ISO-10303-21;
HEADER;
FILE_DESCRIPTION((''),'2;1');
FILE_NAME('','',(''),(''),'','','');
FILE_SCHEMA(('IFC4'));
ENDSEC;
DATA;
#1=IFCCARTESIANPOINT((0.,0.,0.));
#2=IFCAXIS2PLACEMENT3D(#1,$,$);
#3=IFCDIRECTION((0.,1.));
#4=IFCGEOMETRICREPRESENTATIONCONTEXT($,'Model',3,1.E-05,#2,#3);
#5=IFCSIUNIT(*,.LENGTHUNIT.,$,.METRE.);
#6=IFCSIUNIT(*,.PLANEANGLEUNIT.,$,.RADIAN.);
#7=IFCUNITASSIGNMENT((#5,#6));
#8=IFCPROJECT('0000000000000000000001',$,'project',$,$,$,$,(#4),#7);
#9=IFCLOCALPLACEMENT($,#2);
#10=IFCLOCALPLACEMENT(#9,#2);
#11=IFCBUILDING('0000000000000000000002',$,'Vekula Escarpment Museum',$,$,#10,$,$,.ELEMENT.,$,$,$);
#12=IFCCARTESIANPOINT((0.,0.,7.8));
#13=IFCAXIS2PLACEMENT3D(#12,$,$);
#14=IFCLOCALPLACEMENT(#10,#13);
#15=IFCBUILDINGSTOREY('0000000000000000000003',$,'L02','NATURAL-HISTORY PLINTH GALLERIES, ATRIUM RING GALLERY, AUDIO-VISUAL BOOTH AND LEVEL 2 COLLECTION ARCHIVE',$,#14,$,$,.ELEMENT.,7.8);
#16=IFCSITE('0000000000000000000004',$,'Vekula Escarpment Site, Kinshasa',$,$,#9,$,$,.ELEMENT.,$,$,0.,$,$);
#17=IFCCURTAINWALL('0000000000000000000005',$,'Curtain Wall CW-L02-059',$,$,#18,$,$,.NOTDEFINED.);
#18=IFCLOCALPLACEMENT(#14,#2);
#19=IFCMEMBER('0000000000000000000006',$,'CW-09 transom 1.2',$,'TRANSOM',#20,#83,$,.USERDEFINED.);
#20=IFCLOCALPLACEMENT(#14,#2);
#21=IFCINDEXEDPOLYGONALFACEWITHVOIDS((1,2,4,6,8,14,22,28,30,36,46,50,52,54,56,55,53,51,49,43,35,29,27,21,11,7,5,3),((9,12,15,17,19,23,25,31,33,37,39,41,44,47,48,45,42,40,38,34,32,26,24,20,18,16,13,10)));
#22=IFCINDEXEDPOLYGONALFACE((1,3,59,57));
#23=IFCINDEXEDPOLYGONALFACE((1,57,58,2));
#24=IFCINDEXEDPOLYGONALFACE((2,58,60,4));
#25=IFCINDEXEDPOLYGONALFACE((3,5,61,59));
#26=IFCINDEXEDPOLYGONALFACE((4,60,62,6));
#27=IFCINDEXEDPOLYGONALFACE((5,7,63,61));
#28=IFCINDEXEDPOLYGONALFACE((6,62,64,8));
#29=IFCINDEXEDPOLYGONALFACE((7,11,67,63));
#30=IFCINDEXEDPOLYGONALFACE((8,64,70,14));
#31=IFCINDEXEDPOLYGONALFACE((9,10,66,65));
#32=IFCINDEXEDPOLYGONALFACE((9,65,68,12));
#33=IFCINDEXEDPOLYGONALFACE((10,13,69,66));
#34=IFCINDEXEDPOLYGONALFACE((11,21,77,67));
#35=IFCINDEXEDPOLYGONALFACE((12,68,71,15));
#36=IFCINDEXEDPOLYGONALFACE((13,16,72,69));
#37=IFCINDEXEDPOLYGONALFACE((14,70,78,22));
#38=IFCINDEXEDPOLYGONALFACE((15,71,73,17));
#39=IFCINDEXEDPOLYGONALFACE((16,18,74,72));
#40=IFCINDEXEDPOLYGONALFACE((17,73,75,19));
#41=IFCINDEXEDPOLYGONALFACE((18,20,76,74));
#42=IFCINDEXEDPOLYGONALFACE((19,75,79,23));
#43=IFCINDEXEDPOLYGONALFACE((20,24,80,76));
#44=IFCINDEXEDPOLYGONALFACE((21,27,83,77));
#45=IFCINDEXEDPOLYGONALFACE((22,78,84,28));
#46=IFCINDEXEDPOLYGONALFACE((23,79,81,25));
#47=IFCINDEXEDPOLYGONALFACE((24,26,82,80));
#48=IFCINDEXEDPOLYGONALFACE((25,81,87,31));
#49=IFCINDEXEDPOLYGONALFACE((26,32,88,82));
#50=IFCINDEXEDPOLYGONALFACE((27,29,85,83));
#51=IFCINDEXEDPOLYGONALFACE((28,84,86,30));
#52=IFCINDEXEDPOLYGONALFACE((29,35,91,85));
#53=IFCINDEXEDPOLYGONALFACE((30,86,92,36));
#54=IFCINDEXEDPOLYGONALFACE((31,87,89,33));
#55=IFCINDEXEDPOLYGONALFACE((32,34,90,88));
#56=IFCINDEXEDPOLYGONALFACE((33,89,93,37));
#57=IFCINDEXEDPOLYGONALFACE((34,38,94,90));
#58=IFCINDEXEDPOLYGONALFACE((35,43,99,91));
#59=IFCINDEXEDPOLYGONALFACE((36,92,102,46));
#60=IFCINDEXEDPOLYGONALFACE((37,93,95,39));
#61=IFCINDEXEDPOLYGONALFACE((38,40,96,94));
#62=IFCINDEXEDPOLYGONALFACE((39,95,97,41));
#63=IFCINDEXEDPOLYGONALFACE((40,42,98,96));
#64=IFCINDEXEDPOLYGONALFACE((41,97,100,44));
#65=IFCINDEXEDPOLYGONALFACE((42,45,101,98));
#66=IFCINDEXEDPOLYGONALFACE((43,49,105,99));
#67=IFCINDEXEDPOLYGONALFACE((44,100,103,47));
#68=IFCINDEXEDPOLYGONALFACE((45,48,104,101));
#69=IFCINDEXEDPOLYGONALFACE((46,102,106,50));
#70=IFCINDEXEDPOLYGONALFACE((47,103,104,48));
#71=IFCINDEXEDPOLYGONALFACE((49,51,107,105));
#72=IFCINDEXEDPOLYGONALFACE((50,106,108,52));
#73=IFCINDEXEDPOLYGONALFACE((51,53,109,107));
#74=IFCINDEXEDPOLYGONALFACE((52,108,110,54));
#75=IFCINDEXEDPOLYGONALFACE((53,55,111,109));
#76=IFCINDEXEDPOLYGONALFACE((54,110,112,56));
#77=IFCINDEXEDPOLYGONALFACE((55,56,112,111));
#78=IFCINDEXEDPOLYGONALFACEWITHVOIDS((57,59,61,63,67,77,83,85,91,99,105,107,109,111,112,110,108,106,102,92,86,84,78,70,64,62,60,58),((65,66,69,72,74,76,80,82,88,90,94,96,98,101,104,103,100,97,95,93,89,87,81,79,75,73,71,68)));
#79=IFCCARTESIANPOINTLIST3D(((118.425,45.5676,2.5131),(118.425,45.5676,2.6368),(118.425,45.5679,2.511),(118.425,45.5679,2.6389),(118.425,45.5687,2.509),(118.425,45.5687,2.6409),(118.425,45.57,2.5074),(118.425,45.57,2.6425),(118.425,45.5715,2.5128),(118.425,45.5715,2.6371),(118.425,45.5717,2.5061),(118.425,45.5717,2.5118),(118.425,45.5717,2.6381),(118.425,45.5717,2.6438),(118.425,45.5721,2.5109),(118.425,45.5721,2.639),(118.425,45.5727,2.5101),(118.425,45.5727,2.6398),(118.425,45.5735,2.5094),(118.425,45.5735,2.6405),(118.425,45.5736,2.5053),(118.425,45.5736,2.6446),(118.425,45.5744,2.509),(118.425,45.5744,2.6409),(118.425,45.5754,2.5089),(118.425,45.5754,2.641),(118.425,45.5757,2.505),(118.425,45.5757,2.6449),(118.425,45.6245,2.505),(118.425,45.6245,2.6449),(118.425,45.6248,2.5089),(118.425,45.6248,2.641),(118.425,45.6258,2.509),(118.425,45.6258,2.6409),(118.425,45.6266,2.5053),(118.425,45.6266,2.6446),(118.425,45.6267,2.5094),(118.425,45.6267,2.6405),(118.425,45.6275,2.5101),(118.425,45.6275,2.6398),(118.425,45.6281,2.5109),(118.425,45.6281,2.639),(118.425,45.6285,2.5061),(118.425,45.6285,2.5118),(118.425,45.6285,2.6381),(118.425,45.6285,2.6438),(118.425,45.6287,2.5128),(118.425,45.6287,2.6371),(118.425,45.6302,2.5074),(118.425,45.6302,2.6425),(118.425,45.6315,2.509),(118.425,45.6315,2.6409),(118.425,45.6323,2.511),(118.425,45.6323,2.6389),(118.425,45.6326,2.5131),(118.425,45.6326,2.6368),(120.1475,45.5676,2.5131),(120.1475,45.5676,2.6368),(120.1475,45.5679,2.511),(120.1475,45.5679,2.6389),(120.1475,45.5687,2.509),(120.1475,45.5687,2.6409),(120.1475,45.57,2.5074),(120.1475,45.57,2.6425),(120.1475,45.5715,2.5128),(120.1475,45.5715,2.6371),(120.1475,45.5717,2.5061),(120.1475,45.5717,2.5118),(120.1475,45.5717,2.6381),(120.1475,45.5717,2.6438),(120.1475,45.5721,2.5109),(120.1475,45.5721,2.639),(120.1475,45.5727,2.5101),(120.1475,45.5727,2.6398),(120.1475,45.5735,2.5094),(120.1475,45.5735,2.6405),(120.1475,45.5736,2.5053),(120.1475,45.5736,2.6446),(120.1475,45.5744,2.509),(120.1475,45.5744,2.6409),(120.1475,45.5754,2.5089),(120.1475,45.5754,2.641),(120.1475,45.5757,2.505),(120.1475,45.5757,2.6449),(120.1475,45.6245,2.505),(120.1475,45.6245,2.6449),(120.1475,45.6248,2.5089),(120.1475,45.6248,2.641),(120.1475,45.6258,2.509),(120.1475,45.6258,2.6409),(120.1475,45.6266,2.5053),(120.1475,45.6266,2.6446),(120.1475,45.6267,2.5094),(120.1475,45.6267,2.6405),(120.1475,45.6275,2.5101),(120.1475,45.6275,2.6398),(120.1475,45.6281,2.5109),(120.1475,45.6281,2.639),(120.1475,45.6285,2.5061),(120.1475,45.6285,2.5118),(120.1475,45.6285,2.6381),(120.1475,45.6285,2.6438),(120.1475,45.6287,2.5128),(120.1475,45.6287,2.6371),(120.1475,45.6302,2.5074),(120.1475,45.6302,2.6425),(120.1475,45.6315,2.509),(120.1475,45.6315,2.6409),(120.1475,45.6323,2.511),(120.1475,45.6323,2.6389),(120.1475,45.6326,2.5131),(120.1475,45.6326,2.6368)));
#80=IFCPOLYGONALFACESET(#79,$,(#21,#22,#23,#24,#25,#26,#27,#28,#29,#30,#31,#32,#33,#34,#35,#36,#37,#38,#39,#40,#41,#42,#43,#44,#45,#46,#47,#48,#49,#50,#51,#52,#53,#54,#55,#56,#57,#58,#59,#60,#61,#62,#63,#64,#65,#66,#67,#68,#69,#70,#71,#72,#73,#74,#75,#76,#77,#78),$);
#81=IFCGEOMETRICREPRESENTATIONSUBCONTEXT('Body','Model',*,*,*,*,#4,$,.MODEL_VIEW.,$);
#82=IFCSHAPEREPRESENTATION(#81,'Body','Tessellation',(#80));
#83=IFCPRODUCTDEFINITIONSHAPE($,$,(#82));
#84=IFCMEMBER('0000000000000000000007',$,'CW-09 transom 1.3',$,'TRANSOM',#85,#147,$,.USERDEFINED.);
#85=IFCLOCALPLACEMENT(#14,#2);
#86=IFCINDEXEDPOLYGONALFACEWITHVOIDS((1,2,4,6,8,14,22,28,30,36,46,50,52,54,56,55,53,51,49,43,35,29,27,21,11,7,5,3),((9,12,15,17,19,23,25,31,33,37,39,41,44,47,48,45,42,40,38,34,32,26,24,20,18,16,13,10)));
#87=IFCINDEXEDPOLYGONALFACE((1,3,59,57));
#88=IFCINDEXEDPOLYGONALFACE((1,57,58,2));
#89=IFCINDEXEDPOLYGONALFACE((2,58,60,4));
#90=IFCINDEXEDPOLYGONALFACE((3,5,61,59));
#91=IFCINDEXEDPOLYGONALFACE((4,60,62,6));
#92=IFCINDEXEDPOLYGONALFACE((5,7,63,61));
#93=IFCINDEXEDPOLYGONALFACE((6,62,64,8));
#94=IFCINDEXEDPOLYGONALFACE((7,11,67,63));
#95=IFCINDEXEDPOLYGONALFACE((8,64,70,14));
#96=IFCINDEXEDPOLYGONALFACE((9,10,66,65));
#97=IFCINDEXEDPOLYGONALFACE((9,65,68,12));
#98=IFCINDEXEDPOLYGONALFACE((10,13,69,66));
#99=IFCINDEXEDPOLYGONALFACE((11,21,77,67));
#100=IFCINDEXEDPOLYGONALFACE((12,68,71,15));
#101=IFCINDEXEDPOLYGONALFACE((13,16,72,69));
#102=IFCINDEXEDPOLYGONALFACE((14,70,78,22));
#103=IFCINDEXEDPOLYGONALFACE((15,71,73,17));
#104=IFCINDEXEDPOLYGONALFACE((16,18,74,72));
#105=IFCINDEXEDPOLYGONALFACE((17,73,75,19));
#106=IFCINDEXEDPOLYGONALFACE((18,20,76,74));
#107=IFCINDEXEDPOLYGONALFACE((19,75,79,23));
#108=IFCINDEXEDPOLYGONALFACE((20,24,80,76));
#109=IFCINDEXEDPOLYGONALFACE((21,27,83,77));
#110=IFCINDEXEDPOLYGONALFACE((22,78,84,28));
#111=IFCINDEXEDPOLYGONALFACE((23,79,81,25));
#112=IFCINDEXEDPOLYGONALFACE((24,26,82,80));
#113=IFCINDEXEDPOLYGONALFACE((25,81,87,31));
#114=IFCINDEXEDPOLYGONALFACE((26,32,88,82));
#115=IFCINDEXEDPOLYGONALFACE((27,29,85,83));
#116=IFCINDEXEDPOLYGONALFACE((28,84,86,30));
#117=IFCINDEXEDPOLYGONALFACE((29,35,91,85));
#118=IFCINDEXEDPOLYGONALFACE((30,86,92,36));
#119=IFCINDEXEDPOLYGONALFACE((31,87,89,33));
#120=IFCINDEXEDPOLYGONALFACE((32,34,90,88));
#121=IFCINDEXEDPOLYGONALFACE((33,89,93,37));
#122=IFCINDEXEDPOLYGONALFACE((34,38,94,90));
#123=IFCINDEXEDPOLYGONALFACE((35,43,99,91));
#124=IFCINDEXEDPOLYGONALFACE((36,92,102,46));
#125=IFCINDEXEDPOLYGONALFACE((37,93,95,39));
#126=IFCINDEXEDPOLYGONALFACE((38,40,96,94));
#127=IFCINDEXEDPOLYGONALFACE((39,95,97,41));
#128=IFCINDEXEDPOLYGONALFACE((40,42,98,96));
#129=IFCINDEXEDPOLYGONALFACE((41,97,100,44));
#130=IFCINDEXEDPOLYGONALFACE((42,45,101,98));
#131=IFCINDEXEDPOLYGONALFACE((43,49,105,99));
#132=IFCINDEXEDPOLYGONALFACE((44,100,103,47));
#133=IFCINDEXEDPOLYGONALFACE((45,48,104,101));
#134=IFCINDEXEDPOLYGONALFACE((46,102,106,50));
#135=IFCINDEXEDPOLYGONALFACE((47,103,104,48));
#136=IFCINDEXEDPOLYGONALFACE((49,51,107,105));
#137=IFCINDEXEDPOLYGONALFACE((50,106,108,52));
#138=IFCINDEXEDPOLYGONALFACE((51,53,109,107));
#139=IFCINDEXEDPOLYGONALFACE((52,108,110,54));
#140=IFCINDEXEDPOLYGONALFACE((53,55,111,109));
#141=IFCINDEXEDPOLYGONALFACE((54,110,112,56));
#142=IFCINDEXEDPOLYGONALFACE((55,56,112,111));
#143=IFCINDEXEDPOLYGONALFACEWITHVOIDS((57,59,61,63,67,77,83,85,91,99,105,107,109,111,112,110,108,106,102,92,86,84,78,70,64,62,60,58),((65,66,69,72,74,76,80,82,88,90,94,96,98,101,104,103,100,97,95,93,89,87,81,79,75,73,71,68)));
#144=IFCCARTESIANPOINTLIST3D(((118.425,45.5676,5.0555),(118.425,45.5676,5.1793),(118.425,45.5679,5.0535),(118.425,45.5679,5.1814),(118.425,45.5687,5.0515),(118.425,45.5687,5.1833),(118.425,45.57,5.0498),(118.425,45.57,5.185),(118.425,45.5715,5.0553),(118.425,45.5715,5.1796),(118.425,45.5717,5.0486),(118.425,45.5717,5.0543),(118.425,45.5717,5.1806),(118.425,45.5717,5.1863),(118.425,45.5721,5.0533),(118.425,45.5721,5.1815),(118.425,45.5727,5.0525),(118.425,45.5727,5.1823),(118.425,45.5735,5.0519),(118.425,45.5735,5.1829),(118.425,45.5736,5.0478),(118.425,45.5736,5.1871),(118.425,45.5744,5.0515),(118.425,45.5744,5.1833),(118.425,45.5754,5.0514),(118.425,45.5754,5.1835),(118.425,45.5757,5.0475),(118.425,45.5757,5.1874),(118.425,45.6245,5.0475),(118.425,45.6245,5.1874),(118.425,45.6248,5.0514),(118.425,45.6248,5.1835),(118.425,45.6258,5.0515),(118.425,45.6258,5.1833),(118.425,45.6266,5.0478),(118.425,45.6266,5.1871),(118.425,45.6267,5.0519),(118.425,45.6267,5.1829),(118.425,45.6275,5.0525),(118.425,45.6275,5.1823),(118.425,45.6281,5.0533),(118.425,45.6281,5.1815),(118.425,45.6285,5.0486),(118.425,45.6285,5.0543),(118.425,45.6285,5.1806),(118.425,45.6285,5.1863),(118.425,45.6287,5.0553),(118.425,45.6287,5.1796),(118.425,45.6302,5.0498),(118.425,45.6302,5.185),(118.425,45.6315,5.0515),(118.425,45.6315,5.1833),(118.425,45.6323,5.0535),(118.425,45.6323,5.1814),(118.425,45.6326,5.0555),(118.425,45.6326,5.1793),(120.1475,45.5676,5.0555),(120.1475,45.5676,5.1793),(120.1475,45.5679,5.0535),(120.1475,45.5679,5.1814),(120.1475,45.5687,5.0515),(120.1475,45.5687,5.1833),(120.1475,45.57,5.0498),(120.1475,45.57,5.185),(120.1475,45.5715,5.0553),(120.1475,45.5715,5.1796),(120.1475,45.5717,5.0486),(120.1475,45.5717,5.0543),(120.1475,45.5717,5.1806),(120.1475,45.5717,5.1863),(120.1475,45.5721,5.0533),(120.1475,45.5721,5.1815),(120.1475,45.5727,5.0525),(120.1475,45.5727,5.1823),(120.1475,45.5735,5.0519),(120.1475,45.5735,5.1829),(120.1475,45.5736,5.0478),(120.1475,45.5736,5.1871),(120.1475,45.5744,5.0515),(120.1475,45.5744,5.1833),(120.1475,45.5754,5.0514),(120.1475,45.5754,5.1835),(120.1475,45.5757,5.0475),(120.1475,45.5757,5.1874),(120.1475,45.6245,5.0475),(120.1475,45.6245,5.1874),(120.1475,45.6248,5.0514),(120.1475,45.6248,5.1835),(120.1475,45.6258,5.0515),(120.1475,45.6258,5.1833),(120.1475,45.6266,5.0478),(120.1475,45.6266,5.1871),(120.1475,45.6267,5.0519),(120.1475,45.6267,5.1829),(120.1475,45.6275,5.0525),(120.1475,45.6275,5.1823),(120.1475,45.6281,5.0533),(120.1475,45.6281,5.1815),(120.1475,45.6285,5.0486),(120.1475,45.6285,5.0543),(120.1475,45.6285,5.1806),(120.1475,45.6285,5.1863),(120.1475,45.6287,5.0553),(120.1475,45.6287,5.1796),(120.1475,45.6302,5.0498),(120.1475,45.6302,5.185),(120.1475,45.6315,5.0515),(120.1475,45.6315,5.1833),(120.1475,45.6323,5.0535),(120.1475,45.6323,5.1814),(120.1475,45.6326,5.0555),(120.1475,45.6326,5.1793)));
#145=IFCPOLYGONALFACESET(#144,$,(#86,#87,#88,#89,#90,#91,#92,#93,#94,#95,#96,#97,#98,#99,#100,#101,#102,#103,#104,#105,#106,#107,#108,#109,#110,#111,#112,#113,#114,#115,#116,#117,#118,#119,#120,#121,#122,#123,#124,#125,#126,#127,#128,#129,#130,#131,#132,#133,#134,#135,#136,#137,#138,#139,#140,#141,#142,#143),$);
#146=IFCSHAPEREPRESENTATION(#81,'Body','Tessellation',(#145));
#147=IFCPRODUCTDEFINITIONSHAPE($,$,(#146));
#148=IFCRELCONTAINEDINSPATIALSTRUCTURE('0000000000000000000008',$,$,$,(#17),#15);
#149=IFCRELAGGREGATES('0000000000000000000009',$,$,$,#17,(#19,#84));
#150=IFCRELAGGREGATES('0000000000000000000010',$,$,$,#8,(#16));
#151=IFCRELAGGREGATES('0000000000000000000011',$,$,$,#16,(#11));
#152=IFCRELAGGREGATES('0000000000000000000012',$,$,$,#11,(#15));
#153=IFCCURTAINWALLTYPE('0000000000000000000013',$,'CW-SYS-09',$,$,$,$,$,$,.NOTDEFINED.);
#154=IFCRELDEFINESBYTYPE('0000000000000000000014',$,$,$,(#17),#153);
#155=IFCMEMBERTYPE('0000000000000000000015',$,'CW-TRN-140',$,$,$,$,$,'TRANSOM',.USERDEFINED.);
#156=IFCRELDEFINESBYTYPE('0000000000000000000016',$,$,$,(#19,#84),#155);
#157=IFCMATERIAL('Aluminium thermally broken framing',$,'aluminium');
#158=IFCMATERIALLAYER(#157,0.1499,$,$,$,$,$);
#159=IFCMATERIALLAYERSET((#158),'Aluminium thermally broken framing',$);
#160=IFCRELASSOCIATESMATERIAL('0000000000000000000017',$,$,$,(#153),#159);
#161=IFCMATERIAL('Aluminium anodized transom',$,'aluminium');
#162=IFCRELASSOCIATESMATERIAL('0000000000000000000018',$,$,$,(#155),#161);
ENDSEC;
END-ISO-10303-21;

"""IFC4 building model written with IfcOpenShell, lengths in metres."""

from ifc_helpers import new_model, si_unit, direction, frame, origin, origin_2d, place, context, subcontext, project, spatial, hollow_rectangle, extrude, material, layer, layer_set, material_profile, profile_set, type_object, element, aggregate, save


model = new_model("IFC4")

# Units and contexts
model_context = context("Model", 3, precision=1e-05, world=origin(), true_north=direction((0.0, 1.0)))
body_context = subcontext(model_context, "Body", "Model", "MODEL_VIEW")
ifc_project = project(units=[si_unit("LENGTHUNIT", "METRE"), si_unit("PLANEANGLEUNIT", "RADIAN")], contexts=[model_context])

# Site, building, storey
site_placement = place(None, origin())
site = spatial("IfcSite", under=ifc_project, at=site_placement, Name="Vekula Escarpment Site, Kinshasa", CompositionType="ELEMENT", RefElevation=0.0)
building_placement = place(site_placement, origin())
building = spatial("IfcBuilding", under=site, at=building_placement, Name="Vekula Escarpment Museum", CompositionType="ELEMENT")
storey_placement = place(building_placement, frame((0.0, 0.0, 7.8)))
storey = spatial("IfcBuildingStorey", under=building, at=storey_placement, Name="L02", Description="NATURAL-HISTORY PLINTH GALLERIES, ATRIUM RING GALLERY, AUDIO-VISUAL BOOTH AND LEVEL 2 COLLECTION ARCHIVE", CompositionType="ELEMENT", Elevation=7.8)

# Curtain wall, members
ifc_material_1 = material(Name="Aluminium thermally broken framing", Category="aluminium")
ifc_layer_1 = layer(ifc_material_1, 0.1499)
ifc_layer_set_1 = layer_set([ifc_layer_1], Name="Aluminium thermally broken framing")
curtain_wall_type = type_object("IfcCurtainWallType", Name="CW-SYS-09", PredefinedType="NOTDEFINED", material=ifc_layer_set_1)
curtain_wall_placement = place(storey_placement, origin())
curtain_wall = element("IfcCurtainWall", 1, at=curtain_wall_placement, inside=storey, type_object=curtain_wall_type, Name="Curtain Wall CW-L02-059", PredefinedType="NOTDEFINED")
ifc_material_2 = material(Name="Aluminium anodized transom", Category="aluminium")
ifc_material_profile_1 = material_profile(ifc_material_2, hollow_rectangle(XDim=0.0649, YDim=0.1399, WallThickness=0.0039, InnerFilletRadius=0.0039, OuterFilletRadius=0.0081, at=origin_2d()), Name="ALU 140x65x4")
ifc_profile_set_1 = profile_set([ifc_material_profile_1], Name="Aluminium anodized transom")
member_type_1 = type_object("IfcMemberType", Name="CW-TRN-140", ElementType="TRANSOM", PredefinedType="USERDEFINED", material=ifc_profile_set_1)
member_1_placement = place(storey_placement, frame((118.425, 45.6001, 2.575), z_axis=(1.0, 0.0, 0.0), x_axis=(0.0, 1.0, 0.0)))
member_1 = element("IfcMember", 2, at=member_1_placement, type_object=member_type_1, Name="CW-09 transom 1.2", ObjectType="TRANSOM", PredefinedType="USERDEFINED", context=body_context, shape_type="SweptSolid", body=[
    extrude(hollow_rectangle(XDim=0.0649, YDim=0.1399, WallThickness=0.0039, InnerFilletRadius=0.0039, OuterFilletRadius=0.0081, at=origin_2d()), origin(), (0.0, 0.0, 1.0), 1.7224),
])
member_2_placement = place(storey_placement, frame((118.425, 45.6001, 5.1174), z_axis=(1.0, 0.0, 0.0), x_axis=(0.0, 1.0, 0.0)))
member_2 = element("IfcMember", 3, at=member_2_placement, type_object=member_type_1, Name="CW-09 transom 1.3", ObjectType="TRANSOM", PredefinedType="USERDEFINED", context=body_context, shape_type="SweptSolid", body=[
    extrude(hollow_rectangle(XDim=0.0649, YDim=0.1399, WallThickness=0.0039, InnerFilletRadius=0.0039, OuterFilletRadius=0.0081, at=origin_2d()), origin(), (0.0, 0.0, 1.0), 1.7224),
])
aggregate(curtain_wall, [member_1, member_2])

save(model, "model.ifc")
